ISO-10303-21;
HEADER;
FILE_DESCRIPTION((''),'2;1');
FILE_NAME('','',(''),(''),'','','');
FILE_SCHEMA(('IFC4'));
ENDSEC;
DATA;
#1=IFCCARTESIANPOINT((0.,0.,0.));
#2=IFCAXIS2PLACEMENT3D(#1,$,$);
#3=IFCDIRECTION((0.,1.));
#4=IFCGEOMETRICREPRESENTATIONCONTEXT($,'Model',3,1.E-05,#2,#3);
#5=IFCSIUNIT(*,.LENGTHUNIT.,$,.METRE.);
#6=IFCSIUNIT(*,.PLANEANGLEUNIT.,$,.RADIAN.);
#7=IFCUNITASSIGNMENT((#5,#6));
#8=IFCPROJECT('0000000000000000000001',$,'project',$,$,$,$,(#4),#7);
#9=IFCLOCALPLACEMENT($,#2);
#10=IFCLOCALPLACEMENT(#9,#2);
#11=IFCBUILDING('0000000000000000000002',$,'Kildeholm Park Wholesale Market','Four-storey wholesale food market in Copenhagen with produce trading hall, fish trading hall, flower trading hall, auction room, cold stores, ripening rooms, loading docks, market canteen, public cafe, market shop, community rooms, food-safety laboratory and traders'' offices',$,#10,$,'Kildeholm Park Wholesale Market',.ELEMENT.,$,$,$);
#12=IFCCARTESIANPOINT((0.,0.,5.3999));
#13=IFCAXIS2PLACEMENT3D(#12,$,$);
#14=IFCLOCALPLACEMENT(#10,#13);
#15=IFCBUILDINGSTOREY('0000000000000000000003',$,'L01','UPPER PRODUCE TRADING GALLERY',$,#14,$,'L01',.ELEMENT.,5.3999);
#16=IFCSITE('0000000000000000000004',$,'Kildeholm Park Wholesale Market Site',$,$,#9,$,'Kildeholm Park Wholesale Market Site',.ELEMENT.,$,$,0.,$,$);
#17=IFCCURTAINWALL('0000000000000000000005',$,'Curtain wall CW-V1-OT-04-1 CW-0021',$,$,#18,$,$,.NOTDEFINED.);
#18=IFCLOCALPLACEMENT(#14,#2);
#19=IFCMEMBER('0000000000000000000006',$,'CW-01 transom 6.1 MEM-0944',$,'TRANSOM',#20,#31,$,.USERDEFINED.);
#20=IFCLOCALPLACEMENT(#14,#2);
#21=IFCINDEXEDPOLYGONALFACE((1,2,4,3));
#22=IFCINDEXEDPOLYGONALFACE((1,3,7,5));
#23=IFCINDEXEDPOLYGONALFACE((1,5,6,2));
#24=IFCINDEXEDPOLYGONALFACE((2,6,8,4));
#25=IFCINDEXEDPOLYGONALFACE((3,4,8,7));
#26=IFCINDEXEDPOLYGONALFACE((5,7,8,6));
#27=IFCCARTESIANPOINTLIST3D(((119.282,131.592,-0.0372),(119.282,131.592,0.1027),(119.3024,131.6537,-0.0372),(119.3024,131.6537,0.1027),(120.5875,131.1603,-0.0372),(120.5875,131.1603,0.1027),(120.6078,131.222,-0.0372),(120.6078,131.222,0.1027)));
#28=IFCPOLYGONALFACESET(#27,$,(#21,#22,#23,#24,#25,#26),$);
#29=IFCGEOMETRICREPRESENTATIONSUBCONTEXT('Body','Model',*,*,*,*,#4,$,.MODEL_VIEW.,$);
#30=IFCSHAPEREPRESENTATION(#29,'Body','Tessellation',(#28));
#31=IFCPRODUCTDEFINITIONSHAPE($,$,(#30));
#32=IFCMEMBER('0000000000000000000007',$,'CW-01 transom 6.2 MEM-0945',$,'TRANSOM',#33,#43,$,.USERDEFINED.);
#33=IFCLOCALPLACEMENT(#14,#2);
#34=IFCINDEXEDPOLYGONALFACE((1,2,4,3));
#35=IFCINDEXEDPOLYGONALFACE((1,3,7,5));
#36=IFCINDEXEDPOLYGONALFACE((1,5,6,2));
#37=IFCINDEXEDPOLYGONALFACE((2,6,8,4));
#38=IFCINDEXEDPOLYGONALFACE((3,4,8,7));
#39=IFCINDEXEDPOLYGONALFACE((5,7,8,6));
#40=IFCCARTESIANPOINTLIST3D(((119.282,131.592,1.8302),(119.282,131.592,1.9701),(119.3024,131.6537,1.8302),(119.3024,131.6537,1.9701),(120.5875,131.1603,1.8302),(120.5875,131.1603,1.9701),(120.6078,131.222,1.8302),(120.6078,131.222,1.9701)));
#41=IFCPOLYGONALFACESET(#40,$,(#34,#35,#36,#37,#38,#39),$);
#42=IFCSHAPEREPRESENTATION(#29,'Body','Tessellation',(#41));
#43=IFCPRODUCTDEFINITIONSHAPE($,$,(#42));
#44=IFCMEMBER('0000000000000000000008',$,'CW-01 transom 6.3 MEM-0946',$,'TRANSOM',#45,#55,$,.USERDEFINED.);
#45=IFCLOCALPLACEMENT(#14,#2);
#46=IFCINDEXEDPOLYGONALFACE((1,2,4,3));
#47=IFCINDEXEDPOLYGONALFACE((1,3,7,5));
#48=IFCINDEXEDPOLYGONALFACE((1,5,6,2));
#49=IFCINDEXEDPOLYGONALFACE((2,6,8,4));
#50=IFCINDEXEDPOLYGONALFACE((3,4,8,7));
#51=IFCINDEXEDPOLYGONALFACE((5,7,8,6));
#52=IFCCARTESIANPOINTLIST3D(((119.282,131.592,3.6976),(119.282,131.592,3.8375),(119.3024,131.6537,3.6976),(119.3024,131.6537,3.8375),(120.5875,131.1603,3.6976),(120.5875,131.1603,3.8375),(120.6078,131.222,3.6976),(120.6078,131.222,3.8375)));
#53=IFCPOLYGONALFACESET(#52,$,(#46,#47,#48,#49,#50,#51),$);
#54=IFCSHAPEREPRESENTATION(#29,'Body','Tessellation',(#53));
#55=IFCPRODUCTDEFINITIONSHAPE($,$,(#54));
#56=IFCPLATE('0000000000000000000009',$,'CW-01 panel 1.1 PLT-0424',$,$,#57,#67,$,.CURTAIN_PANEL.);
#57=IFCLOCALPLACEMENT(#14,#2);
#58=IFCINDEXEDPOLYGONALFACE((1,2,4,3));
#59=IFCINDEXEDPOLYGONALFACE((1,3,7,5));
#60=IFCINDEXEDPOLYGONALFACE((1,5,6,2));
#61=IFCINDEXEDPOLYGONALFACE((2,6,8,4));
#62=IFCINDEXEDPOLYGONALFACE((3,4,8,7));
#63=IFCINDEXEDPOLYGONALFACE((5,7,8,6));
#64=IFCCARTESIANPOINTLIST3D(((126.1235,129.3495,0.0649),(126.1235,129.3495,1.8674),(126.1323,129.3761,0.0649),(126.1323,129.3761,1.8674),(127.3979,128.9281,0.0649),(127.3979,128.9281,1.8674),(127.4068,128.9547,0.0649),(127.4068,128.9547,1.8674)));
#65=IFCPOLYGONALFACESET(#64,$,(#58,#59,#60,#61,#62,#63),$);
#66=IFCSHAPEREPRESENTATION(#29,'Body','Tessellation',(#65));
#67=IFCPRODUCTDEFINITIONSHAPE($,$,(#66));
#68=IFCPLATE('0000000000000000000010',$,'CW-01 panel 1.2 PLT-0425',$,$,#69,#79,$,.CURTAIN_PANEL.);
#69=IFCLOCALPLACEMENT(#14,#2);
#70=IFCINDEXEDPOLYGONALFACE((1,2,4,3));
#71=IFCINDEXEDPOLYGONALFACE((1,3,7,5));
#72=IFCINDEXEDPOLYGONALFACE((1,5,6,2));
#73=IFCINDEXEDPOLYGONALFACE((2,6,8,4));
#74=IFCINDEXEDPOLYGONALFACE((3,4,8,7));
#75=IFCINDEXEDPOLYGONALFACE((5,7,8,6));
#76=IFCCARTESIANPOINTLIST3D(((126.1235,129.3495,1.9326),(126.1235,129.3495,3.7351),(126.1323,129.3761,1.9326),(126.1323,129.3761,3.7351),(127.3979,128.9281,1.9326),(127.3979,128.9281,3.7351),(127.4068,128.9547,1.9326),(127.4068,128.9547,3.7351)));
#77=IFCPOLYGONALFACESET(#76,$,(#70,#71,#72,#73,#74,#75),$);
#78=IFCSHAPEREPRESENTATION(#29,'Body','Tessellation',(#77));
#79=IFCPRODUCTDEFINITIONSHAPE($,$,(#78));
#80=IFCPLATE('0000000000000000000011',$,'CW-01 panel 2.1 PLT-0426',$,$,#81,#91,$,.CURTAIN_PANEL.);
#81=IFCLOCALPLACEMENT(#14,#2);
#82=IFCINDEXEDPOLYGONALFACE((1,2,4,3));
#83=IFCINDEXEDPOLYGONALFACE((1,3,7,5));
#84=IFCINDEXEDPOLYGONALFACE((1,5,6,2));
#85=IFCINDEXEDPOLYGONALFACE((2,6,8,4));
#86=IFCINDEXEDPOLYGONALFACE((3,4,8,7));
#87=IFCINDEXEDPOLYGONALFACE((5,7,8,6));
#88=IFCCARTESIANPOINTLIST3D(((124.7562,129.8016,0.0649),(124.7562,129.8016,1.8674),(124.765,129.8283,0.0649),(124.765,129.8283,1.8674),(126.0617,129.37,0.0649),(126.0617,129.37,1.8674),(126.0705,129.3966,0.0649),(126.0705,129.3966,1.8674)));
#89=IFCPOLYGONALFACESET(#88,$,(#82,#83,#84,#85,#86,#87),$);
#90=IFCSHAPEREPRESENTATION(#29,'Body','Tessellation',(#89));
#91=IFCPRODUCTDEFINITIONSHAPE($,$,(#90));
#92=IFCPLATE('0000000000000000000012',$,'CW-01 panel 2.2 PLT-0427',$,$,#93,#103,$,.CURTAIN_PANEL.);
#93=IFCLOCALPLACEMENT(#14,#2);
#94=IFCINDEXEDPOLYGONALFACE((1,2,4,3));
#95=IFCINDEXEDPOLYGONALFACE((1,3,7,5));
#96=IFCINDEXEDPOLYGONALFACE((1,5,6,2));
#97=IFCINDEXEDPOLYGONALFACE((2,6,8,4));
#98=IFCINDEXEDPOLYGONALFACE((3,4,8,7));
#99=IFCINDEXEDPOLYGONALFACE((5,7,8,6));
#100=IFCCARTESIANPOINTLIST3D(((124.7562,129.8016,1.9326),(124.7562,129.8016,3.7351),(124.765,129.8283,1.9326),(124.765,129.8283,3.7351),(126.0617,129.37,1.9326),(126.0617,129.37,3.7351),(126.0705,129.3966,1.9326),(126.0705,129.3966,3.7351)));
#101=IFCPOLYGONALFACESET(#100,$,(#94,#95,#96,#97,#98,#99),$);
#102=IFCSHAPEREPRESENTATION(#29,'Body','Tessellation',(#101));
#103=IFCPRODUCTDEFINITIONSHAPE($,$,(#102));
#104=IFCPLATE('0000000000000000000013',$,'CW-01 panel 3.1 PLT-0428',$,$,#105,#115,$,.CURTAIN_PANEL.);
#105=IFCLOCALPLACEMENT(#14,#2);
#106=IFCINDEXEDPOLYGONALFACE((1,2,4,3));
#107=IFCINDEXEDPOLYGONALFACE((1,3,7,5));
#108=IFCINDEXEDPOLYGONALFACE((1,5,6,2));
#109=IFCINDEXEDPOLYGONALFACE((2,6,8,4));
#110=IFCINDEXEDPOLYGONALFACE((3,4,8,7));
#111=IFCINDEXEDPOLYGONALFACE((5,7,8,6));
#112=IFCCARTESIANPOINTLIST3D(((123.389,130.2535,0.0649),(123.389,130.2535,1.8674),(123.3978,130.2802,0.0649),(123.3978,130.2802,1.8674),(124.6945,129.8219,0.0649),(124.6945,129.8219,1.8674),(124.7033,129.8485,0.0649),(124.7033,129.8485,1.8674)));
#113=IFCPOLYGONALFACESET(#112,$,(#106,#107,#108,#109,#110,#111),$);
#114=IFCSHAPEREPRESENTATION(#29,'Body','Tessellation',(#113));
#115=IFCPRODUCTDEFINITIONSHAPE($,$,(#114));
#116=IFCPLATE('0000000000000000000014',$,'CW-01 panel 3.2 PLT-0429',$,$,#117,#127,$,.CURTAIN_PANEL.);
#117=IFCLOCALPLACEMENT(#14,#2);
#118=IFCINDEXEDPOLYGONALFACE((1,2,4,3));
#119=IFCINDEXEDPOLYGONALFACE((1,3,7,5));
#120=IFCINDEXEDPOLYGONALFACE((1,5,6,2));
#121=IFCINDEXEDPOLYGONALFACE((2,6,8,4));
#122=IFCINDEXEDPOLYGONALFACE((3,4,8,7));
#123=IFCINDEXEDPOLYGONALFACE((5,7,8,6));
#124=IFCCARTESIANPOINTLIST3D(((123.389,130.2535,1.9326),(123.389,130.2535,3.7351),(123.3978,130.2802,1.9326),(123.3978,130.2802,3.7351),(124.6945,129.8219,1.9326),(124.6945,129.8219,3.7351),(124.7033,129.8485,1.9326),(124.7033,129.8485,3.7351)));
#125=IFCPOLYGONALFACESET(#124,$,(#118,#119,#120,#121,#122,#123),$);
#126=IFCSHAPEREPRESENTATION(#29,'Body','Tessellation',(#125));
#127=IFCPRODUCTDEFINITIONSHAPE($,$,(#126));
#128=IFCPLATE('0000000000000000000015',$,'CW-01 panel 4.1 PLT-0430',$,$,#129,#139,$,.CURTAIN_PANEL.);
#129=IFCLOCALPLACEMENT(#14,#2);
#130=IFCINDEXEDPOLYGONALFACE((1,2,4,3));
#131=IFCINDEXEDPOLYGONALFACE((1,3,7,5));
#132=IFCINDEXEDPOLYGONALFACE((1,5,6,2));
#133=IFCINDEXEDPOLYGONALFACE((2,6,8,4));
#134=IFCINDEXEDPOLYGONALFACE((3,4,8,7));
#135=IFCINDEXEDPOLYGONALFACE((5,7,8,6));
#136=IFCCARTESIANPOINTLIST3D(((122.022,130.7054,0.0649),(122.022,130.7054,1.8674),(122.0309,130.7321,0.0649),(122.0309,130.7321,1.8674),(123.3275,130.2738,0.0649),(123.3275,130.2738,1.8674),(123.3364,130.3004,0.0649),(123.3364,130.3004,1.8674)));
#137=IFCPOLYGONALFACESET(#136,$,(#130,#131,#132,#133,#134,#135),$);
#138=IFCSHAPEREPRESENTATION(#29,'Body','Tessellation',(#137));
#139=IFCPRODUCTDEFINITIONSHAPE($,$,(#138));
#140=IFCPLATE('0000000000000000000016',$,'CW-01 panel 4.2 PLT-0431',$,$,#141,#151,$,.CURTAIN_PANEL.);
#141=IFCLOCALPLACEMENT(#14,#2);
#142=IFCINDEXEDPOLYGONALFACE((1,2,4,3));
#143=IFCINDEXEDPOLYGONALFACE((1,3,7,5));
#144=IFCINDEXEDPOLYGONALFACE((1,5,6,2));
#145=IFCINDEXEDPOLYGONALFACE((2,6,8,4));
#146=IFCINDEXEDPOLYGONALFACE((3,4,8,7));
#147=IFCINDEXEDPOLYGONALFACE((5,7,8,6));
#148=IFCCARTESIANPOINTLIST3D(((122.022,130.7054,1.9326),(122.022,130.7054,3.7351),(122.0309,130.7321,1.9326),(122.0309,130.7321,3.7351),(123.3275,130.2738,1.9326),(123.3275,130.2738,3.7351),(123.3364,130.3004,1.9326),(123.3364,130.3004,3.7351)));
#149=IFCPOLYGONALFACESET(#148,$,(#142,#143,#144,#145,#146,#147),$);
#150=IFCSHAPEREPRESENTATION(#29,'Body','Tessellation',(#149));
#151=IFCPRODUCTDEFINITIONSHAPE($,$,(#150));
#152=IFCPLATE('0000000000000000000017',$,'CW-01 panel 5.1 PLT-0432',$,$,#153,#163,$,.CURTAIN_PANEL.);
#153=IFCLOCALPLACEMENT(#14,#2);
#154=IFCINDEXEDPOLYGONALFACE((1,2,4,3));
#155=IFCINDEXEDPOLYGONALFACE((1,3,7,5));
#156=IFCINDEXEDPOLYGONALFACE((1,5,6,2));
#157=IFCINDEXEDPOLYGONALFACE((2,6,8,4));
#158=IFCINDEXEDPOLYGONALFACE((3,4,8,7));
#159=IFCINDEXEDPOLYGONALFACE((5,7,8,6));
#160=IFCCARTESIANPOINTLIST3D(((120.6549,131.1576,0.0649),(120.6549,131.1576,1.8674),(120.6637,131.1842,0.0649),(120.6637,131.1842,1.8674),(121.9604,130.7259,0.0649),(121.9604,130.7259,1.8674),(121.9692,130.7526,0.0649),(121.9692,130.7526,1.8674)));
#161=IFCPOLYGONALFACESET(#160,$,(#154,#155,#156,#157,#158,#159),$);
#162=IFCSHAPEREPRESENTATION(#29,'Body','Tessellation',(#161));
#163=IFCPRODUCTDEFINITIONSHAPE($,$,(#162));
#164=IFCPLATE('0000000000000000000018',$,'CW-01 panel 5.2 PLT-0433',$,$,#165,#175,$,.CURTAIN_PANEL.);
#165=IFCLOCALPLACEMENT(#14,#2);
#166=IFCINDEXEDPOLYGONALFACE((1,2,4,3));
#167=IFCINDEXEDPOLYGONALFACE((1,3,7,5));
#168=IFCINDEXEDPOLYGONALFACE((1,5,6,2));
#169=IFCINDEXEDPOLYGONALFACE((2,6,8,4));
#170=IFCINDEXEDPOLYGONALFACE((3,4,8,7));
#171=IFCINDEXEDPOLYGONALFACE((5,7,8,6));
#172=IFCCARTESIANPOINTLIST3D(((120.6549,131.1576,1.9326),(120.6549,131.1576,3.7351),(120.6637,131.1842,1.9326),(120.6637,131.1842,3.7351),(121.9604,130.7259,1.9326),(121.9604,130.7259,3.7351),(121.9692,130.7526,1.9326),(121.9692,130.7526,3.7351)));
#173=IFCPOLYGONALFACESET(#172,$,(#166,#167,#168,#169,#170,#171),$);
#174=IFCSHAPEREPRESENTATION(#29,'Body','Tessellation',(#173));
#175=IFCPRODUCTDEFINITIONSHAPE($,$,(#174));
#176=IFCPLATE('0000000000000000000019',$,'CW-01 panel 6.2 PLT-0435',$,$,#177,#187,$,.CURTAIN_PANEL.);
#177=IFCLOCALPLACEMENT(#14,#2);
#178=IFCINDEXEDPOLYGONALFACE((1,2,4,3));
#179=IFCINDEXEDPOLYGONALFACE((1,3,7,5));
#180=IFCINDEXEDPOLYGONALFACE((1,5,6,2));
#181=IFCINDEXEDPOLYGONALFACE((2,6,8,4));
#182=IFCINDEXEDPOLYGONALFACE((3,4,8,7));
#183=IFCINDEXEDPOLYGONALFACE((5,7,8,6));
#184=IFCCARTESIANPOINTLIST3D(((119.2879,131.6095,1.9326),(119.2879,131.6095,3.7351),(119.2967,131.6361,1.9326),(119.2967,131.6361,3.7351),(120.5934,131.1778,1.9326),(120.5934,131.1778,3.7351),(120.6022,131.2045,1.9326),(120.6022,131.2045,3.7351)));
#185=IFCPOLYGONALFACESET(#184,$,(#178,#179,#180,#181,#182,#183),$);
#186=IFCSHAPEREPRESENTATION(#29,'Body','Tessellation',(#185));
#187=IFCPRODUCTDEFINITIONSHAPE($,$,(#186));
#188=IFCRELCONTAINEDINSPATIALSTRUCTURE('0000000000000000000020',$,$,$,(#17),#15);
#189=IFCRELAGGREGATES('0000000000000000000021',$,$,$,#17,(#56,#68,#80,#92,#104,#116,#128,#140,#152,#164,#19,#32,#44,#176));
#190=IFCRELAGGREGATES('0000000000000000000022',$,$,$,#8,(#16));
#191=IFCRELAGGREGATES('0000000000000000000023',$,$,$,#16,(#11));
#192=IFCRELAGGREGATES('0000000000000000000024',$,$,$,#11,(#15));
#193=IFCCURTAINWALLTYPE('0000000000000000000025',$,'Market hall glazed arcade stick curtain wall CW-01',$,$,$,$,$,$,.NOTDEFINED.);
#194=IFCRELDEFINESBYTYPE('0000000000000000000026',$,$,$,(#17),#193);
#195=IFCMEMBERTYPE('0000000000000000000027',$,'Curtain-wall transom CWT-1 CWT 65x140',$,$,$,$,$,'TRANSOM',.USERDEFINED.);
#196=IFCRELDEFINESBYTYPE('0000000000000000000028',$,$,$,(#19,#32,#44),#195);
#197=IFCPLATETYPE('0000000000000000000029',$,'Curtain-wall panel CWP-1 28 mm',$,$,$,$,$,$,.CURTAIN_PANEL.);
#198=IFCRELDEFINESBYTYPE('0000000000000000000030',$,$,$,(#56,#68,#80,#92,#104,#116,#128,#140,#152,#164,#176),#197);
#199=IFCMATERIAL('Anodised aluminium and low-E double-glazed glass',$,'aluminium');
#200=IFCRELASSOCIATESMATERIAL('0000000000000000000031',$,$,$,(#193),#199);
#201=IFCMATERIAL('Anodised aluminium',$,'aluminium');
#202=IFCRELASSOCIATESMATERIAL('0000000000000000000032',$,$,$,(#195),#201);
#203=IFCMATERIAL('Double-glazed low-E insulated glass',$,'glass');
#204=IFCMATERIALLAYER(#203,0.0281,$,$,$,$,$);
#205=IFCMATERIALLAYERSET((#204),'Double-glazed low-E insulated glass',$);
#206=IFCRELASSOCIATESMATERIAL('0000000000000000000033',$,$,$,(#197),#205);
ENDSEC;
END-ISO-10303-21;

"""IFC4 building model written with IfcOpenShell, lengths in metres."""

from ifc_helpers import new_model, si_unit, direction, frame, origin, origin_2d, place, context, subcontext, project, spatial, rectangle, extrude, material, layer, layer_set, material_profile, profile_set, type_object, element, aggregate, save


model = new_model("IFC4")

# Units and contexts
model_context = context("Model", 3, precision=1e-05, world=origin(), true_north=direction((0.0, 1.0)))
body_context = subcontext(model_context, "Body", "Model", "MODEL_VIEW")
ifc_project = project(units=[si_unit("LENGTHUNIT", "METRE"), si_unit("PLANEANGLEUNIT", "RADIAN")], contexts=[model_context])

# Site, building, storey
site_placement = place(None, origin())
site = spatial("IfcSite", under=ifc_project, at=site_placement, Name="Kildeholm Park Wholesale Market Site", LongName="Kildeholm Park Wholesale Market Site", CompositionType="ELEMENT", RefElevation=0.0)
building_placement = place(site_placement, origin())
building = spatial("IfcBuilding", under=site, at=building_placement, Name="Kildeholm Park Wholesale Market", Description="Four-storey wholesale food market in Copenhagen with produce trading hall, fish trading hall, flower trading hall, auction room, cold stores, ripening rooms, loading docks, market canteen, public cafe, market shop, community rooms, food-safety laboratory and traders' offices", LongName="Kildeholm Park Wholesale Market", CompositionType="ELEMENT")
storey_placement = place(building_placement, frame((0.0, 0.0, 5.3999)))
storey = spatial("IfcBuildingStorey", under=building, at=storey_placement, Name="L01", Description="UPPER PRODUCE TRADING GALLERY", LongName="L01", CompositionType="ELEMENT", Elevation=5.3999)

# Curtain wall, members, plates
ifc_material_1 = material(Name="Anodised aluminium and low-E double-glazed glass", Category="aluminium")
curtain_wall_type = type_object("IfcCurtainWallType", Name="Market hall glazed arcade stick curtain wall CW-01", PredefinedType="NOTDEFINED", material=ifc_material_1)
curtain_wall_placement = place(storey_placement, origin())
curtain_wall = element("IfcCurtainWall", 1, at=curtain_wall_placement, inside=storey, type_object=curtain_wall_type, Name="Curtain wall CW-V1-OT-04-1 CW-0021", PredefinedType="NOTDEFINED")
ifc_material_2 = material(Name="Anodised aluminium", Category="aluminium")
ifc_material_profile_1 = material_profile(ifc_material_2, rectangle(XDim=0.0649, YDim=0.1399, at=origin_2d()), Name="CWT 65x140")
ifc_profile_set_1 = profile_set([ifc_material_profile_1], Name="Anodised aluminium")
member_type_1 = type_object("IfcMemberType", Name="Curtain-wall transom CWT-1 CWT 65x140", ElementType="TRANSOM", PredefinedType="USERDEFINED", material=ifc_profile_set_1)
member_1_placement = place(storey_placement, frame((120.5977, 131.1912, 0.0327), z_axis=(-0.949444, 0.313936, 0.0), x_axis=(-0.313936, -0.949444, 0.0)))
member_1 = element("IfcMember", 2, at=member_1_placement, type_object=member_type_1, Name="CW-01 transom 6.1 MEM-0944", ObjectType="TRANSOM", PredefinedType="USERDEFINED", context=body_context, shape_type="SweptSolid", body=[
    extrude(rectangle(XDim=0.0649, YDim=0.1399, at=origin_2d()), origin(), (0.0, 0.0, 1.0), 1.375),
])
member_2_placement = place(storey_placement, frame((120.5977, 131.1912, 1.9001), z_axis=(-0.949444, 0.313936, 0.0), x_axis=(-0.313936, -0.949444, 0.0)))
member_2 = element("IfcMember", 3, at=member_2_placement, type_object=member_type_1, Name="CW-01 transom 6.2 MEM-0945", ObjectType="TRANSOM", PredefinedType="USERDEFINED", context=body_context, shape_type="SweptSolid", body=[
    extrude(rectangle(XDim=0.0649, YDim=0.1399, at=origin_2d()), origin(), (0.0, 0.0, 1.0), 1.375),
])
member_3_placement = place(storey_placement, frame((120.5977, 131.1912, 3.7676), z_axis=(-0.949444, 0.313936, 0.0), x_axis=(-0.313936, -0.949444, 0.0)))
member_3 = element("IfcMember", 4, at=member_3_placement, type_object=member_type_1, Name="CW-01 transom 6.3 MEM-0946", ObjectType="TRANSOM", PredefinedType="USERDEFINED", context=body_context, shape_type="SweptSolid", body=[
    extrude(rectangle(XDim=0.0649, YDim=0.1399, at=origin_2d()), origin(), (0.0, 0.0, 1.0), 1.375),
])
ifc_material_3 = material(Name="Double-glazed low-E insulated glass", Category="glass")
ifc_layer = layer(ifc_material_3, 0.0281)
ifc_layer_set = layer_set([ifc_layer], Name="Double-glazed low-E insulated glass")
plate_type = type_object("IfcPlateType", Name="Curtain-wall panel CWP-1 28 mm", PredefinedType="CURTAIN_PANEL", material=ifc_layer_set)
plate_1_placement = place(storey_placement, frame((126.7651, 129.1521, 0.0649), z_axis=(0.0, 0.0, 1.0), x_axis=(-0.949451, 0.313914, 0.0)))
plate_1 = element("IfcPlate", 5, at=plate_1_placement, type_object=plate_type, Name="CW-01 panel 1.1 PLT-0424", PredefinedType="CURTAIN_PANEL", context=body_context, shape_type="SweptSolid", body=[
    extrude(rectangle(XDim=1.3423, YDim=0.0281, at=origin_2d()), origin(), (0.0, 0.0, 1.0), 1.8025),
])
plate_2_placement = place(storey_placement, frame((126.7651, 129.1521, 1.9326), z_axis=(0.0, 0.0, 1.0), x_axis=(-0.949451, 0.313914, 0.0)))
plate_2 = element("IfcPlate", 6, at=plate_2_placement, type_object=plate_type, Name="CW-01 panel 1.2 PLT-0425", PredefinedType="CURTAIN_PANEL", context=body_context, shape_type="SweptSolid", body=[
    extrude(rectangle(XDim=1.3423, YDim=0.0281, at=origin_2d()), origin(), (0.0, 0.0, 1.0), 1.8025),
])
plate_3_placement = place(storey_placement, frame((125.4133, 129.5991, 0.0649), z_axis=(0.0, 0.0, 1.0), x_axis=(-0.949451, 0.313914, 0.0)))
plate_3 = element("IfcPlate", 7, at=plate_3_placement, type_object=plate_type, Name="CW-01 panel 2.1 PLT-0426", PredefinedType="CURTAIN_PANEL", context=body_context, shape_type="SweptSolid", body=[
    extrude(rectangle(XDim=1.375, YDim=0.0281, at=origin_2d()), origin(), (0.0, 0.0, 1.0), 1.8025),
])
plate_4_placement = place(storey_placement, frame((125.4133, 129.5991, 1.9326), z_axis=(0.0, 0.0, 1.0), x_axis=(-0.949451, 0.313914, 0.0)))
plate_4 = element("IfcPlate", 8, at=plate_4_placement, type_object=plate_type, Name="CW-01 panel 2.2 PLT-0427", PredefinedType="CURTAIN_PANEL", context=body_context, shape_type="SweptSolid", body=[
    extrude(rectangle(XDim=1.375, YDim=0.0281, at=origin_2d()), origin(), (0.0, 0.0, 1.0), 1.8025),
])
plate_5_placement = place(storey_placement, frame((124.0461, 130.051, 0.0649), z_axis=(0.0, 0.0, 1.0), x_axis=(-0.949451, 0.313914, 0.0)))
plate_5 = element("IfcPlate", 9, at=plate_5_placement, type_object=plate_type, Name="CW-01 panel 3.1 PLT-0428", PredefinedType="CURTAIN_PANEL", context=body_context, shape_type="SweptSolid", body=[
    extrude(rectangle(XDim=1.375, YDim=0.0281, at=origin_2d()), origin(), (0.0, 0.0, 1.0), 1.8025),
])
plate_6_placement = place(storey_placement, frame((124.0461, 130.051, 1.9326), z_axis=(0.0, 0.0, 1.0), x_axis=(-0.949451, 0.313914, 0.0)))
plate_6 = element("IfcPlate", 10, at=plate_6_placement, type_object=plate_type, Name="CW-01 panel 3.2 PLT-0429", PredefinedType="CURTAIN_PANEL", context=body_context, shape_type="SweptSolid", body=[
    extrude(rectangle(XDim=1.375, YDim=0.0281, at=origin_2d()), origin(), (0.0, 0.0, 1.0), 1.8025),
])
plate_7_placement = place(storey_placement, frame((122.6792, 130.5029, 0.0649), z_axis=(0.0, 0.0, 1.0), x_axis=(-0.949451, 0.313914, 0.0)))
plate_7 = element("IfcPlate", 11, at=plate_7_placement, type_object=plate_type, Name="CW-01 panel 4.1 PLT-0430", PredefinedType="CURTAIN_PANEL", context=body_context, shape_type="SweptSolid", body=[
    extrude(rectangle(XDim=1.375, YDim=0.0281, at=origin_2d()), origin(), (0.0, 0.0, 1.0), 1.8025),
])
plate_8_placement = place(storey_placement, frame((122.6792, 130.5029, 1.9326), z_axis=(0.0, 0.0, 1.0), x_axis=(-0.949451, 0.313914, 0.0)))
plate_8 = element("IfcPlate", 12, at=plate_8_placement, type_object=plate_type, Name="CW-01 panel 4.2 PLT-0431", PredefinedType="CURTAIN_PANEL", context=body_context, shape_type="SweptSolid", body=[
    extrude(rectangle(XDim=1.375, YDim=0.0281, at=origin_2d()), origin(), (0.0, 0.0, 1.0), 1.8025),
])
plate_9_placement = place(storey_placement, frame((121.312, 130.9551, 0.0649), z_axis=(0.0, 0.0, 1.0), x_axis=(-0.949451, 0.313914, 0.0)))
plate_9 = element("IfcPlate", 13, at=plate_9_placement, type_object=plate_type, Name="CW-01 panel 5.1 PLT-0432", PredefinedType="CURTAIN_PANEL", context=body_context, shape_type="SweptSolid", body=[
    extrude(rectangle(XDim=1.375, YDim=0.0281, at=origin_2d()), origin(), (0.0, 0.0, 1.0), 1.8025),
])
plate_10_placement = place(storey_placement, frame((121.312, 130.9551, 1.9326), z_axis=(0.0, 0.0, 1.0), x_axis=(-0.949451, 0.313914, 0.0)))
plate_10 = element("IfcPlate", 14, at=plate_10_placement, type_object=plate_type, Name="CW-01 panel 5.2 PLT-0433", PredefinedType="CURTAIN_PANEL", context=body_context, shape_type="SweptSolid", body=[
    extrude(rectangle(XDim=1.375, YDim=0.0281, at=origin_2d()), origin(), (0.0, 0.0, 1.0), 1.8025),
])
plate_11_placement = place(storey_placement, frame((119.9451, 131.407, 1.9326), z_axis=(0.0, 0.0, 1.0), x_axis=(-0.949451, 0.313914, 0.0)))
plate_11 = element("IfcPlate", 15, at=plate_11_placement, type_object=plate_type, Name="CW-01 panel 6.2 PLT-0435", PredefinedType="CURTAIN_PANEL", context=body_context, shape_type="SweptSolid", body=[
    extrude(rectangle(XDim=1.375, YDim=0.0281, at=origin_2d()), origin(), (0.0, 0.0, 1.0), 1.8025),
])
aggregate(curtain_wall, [plate_1, plate_2, plate_3, plate_4, plate_5, plate_6, plate_7, plate_8, plate_9, plate_10, member_1, member_2, member_3, plate_11])

save(model, "model.ifc")
